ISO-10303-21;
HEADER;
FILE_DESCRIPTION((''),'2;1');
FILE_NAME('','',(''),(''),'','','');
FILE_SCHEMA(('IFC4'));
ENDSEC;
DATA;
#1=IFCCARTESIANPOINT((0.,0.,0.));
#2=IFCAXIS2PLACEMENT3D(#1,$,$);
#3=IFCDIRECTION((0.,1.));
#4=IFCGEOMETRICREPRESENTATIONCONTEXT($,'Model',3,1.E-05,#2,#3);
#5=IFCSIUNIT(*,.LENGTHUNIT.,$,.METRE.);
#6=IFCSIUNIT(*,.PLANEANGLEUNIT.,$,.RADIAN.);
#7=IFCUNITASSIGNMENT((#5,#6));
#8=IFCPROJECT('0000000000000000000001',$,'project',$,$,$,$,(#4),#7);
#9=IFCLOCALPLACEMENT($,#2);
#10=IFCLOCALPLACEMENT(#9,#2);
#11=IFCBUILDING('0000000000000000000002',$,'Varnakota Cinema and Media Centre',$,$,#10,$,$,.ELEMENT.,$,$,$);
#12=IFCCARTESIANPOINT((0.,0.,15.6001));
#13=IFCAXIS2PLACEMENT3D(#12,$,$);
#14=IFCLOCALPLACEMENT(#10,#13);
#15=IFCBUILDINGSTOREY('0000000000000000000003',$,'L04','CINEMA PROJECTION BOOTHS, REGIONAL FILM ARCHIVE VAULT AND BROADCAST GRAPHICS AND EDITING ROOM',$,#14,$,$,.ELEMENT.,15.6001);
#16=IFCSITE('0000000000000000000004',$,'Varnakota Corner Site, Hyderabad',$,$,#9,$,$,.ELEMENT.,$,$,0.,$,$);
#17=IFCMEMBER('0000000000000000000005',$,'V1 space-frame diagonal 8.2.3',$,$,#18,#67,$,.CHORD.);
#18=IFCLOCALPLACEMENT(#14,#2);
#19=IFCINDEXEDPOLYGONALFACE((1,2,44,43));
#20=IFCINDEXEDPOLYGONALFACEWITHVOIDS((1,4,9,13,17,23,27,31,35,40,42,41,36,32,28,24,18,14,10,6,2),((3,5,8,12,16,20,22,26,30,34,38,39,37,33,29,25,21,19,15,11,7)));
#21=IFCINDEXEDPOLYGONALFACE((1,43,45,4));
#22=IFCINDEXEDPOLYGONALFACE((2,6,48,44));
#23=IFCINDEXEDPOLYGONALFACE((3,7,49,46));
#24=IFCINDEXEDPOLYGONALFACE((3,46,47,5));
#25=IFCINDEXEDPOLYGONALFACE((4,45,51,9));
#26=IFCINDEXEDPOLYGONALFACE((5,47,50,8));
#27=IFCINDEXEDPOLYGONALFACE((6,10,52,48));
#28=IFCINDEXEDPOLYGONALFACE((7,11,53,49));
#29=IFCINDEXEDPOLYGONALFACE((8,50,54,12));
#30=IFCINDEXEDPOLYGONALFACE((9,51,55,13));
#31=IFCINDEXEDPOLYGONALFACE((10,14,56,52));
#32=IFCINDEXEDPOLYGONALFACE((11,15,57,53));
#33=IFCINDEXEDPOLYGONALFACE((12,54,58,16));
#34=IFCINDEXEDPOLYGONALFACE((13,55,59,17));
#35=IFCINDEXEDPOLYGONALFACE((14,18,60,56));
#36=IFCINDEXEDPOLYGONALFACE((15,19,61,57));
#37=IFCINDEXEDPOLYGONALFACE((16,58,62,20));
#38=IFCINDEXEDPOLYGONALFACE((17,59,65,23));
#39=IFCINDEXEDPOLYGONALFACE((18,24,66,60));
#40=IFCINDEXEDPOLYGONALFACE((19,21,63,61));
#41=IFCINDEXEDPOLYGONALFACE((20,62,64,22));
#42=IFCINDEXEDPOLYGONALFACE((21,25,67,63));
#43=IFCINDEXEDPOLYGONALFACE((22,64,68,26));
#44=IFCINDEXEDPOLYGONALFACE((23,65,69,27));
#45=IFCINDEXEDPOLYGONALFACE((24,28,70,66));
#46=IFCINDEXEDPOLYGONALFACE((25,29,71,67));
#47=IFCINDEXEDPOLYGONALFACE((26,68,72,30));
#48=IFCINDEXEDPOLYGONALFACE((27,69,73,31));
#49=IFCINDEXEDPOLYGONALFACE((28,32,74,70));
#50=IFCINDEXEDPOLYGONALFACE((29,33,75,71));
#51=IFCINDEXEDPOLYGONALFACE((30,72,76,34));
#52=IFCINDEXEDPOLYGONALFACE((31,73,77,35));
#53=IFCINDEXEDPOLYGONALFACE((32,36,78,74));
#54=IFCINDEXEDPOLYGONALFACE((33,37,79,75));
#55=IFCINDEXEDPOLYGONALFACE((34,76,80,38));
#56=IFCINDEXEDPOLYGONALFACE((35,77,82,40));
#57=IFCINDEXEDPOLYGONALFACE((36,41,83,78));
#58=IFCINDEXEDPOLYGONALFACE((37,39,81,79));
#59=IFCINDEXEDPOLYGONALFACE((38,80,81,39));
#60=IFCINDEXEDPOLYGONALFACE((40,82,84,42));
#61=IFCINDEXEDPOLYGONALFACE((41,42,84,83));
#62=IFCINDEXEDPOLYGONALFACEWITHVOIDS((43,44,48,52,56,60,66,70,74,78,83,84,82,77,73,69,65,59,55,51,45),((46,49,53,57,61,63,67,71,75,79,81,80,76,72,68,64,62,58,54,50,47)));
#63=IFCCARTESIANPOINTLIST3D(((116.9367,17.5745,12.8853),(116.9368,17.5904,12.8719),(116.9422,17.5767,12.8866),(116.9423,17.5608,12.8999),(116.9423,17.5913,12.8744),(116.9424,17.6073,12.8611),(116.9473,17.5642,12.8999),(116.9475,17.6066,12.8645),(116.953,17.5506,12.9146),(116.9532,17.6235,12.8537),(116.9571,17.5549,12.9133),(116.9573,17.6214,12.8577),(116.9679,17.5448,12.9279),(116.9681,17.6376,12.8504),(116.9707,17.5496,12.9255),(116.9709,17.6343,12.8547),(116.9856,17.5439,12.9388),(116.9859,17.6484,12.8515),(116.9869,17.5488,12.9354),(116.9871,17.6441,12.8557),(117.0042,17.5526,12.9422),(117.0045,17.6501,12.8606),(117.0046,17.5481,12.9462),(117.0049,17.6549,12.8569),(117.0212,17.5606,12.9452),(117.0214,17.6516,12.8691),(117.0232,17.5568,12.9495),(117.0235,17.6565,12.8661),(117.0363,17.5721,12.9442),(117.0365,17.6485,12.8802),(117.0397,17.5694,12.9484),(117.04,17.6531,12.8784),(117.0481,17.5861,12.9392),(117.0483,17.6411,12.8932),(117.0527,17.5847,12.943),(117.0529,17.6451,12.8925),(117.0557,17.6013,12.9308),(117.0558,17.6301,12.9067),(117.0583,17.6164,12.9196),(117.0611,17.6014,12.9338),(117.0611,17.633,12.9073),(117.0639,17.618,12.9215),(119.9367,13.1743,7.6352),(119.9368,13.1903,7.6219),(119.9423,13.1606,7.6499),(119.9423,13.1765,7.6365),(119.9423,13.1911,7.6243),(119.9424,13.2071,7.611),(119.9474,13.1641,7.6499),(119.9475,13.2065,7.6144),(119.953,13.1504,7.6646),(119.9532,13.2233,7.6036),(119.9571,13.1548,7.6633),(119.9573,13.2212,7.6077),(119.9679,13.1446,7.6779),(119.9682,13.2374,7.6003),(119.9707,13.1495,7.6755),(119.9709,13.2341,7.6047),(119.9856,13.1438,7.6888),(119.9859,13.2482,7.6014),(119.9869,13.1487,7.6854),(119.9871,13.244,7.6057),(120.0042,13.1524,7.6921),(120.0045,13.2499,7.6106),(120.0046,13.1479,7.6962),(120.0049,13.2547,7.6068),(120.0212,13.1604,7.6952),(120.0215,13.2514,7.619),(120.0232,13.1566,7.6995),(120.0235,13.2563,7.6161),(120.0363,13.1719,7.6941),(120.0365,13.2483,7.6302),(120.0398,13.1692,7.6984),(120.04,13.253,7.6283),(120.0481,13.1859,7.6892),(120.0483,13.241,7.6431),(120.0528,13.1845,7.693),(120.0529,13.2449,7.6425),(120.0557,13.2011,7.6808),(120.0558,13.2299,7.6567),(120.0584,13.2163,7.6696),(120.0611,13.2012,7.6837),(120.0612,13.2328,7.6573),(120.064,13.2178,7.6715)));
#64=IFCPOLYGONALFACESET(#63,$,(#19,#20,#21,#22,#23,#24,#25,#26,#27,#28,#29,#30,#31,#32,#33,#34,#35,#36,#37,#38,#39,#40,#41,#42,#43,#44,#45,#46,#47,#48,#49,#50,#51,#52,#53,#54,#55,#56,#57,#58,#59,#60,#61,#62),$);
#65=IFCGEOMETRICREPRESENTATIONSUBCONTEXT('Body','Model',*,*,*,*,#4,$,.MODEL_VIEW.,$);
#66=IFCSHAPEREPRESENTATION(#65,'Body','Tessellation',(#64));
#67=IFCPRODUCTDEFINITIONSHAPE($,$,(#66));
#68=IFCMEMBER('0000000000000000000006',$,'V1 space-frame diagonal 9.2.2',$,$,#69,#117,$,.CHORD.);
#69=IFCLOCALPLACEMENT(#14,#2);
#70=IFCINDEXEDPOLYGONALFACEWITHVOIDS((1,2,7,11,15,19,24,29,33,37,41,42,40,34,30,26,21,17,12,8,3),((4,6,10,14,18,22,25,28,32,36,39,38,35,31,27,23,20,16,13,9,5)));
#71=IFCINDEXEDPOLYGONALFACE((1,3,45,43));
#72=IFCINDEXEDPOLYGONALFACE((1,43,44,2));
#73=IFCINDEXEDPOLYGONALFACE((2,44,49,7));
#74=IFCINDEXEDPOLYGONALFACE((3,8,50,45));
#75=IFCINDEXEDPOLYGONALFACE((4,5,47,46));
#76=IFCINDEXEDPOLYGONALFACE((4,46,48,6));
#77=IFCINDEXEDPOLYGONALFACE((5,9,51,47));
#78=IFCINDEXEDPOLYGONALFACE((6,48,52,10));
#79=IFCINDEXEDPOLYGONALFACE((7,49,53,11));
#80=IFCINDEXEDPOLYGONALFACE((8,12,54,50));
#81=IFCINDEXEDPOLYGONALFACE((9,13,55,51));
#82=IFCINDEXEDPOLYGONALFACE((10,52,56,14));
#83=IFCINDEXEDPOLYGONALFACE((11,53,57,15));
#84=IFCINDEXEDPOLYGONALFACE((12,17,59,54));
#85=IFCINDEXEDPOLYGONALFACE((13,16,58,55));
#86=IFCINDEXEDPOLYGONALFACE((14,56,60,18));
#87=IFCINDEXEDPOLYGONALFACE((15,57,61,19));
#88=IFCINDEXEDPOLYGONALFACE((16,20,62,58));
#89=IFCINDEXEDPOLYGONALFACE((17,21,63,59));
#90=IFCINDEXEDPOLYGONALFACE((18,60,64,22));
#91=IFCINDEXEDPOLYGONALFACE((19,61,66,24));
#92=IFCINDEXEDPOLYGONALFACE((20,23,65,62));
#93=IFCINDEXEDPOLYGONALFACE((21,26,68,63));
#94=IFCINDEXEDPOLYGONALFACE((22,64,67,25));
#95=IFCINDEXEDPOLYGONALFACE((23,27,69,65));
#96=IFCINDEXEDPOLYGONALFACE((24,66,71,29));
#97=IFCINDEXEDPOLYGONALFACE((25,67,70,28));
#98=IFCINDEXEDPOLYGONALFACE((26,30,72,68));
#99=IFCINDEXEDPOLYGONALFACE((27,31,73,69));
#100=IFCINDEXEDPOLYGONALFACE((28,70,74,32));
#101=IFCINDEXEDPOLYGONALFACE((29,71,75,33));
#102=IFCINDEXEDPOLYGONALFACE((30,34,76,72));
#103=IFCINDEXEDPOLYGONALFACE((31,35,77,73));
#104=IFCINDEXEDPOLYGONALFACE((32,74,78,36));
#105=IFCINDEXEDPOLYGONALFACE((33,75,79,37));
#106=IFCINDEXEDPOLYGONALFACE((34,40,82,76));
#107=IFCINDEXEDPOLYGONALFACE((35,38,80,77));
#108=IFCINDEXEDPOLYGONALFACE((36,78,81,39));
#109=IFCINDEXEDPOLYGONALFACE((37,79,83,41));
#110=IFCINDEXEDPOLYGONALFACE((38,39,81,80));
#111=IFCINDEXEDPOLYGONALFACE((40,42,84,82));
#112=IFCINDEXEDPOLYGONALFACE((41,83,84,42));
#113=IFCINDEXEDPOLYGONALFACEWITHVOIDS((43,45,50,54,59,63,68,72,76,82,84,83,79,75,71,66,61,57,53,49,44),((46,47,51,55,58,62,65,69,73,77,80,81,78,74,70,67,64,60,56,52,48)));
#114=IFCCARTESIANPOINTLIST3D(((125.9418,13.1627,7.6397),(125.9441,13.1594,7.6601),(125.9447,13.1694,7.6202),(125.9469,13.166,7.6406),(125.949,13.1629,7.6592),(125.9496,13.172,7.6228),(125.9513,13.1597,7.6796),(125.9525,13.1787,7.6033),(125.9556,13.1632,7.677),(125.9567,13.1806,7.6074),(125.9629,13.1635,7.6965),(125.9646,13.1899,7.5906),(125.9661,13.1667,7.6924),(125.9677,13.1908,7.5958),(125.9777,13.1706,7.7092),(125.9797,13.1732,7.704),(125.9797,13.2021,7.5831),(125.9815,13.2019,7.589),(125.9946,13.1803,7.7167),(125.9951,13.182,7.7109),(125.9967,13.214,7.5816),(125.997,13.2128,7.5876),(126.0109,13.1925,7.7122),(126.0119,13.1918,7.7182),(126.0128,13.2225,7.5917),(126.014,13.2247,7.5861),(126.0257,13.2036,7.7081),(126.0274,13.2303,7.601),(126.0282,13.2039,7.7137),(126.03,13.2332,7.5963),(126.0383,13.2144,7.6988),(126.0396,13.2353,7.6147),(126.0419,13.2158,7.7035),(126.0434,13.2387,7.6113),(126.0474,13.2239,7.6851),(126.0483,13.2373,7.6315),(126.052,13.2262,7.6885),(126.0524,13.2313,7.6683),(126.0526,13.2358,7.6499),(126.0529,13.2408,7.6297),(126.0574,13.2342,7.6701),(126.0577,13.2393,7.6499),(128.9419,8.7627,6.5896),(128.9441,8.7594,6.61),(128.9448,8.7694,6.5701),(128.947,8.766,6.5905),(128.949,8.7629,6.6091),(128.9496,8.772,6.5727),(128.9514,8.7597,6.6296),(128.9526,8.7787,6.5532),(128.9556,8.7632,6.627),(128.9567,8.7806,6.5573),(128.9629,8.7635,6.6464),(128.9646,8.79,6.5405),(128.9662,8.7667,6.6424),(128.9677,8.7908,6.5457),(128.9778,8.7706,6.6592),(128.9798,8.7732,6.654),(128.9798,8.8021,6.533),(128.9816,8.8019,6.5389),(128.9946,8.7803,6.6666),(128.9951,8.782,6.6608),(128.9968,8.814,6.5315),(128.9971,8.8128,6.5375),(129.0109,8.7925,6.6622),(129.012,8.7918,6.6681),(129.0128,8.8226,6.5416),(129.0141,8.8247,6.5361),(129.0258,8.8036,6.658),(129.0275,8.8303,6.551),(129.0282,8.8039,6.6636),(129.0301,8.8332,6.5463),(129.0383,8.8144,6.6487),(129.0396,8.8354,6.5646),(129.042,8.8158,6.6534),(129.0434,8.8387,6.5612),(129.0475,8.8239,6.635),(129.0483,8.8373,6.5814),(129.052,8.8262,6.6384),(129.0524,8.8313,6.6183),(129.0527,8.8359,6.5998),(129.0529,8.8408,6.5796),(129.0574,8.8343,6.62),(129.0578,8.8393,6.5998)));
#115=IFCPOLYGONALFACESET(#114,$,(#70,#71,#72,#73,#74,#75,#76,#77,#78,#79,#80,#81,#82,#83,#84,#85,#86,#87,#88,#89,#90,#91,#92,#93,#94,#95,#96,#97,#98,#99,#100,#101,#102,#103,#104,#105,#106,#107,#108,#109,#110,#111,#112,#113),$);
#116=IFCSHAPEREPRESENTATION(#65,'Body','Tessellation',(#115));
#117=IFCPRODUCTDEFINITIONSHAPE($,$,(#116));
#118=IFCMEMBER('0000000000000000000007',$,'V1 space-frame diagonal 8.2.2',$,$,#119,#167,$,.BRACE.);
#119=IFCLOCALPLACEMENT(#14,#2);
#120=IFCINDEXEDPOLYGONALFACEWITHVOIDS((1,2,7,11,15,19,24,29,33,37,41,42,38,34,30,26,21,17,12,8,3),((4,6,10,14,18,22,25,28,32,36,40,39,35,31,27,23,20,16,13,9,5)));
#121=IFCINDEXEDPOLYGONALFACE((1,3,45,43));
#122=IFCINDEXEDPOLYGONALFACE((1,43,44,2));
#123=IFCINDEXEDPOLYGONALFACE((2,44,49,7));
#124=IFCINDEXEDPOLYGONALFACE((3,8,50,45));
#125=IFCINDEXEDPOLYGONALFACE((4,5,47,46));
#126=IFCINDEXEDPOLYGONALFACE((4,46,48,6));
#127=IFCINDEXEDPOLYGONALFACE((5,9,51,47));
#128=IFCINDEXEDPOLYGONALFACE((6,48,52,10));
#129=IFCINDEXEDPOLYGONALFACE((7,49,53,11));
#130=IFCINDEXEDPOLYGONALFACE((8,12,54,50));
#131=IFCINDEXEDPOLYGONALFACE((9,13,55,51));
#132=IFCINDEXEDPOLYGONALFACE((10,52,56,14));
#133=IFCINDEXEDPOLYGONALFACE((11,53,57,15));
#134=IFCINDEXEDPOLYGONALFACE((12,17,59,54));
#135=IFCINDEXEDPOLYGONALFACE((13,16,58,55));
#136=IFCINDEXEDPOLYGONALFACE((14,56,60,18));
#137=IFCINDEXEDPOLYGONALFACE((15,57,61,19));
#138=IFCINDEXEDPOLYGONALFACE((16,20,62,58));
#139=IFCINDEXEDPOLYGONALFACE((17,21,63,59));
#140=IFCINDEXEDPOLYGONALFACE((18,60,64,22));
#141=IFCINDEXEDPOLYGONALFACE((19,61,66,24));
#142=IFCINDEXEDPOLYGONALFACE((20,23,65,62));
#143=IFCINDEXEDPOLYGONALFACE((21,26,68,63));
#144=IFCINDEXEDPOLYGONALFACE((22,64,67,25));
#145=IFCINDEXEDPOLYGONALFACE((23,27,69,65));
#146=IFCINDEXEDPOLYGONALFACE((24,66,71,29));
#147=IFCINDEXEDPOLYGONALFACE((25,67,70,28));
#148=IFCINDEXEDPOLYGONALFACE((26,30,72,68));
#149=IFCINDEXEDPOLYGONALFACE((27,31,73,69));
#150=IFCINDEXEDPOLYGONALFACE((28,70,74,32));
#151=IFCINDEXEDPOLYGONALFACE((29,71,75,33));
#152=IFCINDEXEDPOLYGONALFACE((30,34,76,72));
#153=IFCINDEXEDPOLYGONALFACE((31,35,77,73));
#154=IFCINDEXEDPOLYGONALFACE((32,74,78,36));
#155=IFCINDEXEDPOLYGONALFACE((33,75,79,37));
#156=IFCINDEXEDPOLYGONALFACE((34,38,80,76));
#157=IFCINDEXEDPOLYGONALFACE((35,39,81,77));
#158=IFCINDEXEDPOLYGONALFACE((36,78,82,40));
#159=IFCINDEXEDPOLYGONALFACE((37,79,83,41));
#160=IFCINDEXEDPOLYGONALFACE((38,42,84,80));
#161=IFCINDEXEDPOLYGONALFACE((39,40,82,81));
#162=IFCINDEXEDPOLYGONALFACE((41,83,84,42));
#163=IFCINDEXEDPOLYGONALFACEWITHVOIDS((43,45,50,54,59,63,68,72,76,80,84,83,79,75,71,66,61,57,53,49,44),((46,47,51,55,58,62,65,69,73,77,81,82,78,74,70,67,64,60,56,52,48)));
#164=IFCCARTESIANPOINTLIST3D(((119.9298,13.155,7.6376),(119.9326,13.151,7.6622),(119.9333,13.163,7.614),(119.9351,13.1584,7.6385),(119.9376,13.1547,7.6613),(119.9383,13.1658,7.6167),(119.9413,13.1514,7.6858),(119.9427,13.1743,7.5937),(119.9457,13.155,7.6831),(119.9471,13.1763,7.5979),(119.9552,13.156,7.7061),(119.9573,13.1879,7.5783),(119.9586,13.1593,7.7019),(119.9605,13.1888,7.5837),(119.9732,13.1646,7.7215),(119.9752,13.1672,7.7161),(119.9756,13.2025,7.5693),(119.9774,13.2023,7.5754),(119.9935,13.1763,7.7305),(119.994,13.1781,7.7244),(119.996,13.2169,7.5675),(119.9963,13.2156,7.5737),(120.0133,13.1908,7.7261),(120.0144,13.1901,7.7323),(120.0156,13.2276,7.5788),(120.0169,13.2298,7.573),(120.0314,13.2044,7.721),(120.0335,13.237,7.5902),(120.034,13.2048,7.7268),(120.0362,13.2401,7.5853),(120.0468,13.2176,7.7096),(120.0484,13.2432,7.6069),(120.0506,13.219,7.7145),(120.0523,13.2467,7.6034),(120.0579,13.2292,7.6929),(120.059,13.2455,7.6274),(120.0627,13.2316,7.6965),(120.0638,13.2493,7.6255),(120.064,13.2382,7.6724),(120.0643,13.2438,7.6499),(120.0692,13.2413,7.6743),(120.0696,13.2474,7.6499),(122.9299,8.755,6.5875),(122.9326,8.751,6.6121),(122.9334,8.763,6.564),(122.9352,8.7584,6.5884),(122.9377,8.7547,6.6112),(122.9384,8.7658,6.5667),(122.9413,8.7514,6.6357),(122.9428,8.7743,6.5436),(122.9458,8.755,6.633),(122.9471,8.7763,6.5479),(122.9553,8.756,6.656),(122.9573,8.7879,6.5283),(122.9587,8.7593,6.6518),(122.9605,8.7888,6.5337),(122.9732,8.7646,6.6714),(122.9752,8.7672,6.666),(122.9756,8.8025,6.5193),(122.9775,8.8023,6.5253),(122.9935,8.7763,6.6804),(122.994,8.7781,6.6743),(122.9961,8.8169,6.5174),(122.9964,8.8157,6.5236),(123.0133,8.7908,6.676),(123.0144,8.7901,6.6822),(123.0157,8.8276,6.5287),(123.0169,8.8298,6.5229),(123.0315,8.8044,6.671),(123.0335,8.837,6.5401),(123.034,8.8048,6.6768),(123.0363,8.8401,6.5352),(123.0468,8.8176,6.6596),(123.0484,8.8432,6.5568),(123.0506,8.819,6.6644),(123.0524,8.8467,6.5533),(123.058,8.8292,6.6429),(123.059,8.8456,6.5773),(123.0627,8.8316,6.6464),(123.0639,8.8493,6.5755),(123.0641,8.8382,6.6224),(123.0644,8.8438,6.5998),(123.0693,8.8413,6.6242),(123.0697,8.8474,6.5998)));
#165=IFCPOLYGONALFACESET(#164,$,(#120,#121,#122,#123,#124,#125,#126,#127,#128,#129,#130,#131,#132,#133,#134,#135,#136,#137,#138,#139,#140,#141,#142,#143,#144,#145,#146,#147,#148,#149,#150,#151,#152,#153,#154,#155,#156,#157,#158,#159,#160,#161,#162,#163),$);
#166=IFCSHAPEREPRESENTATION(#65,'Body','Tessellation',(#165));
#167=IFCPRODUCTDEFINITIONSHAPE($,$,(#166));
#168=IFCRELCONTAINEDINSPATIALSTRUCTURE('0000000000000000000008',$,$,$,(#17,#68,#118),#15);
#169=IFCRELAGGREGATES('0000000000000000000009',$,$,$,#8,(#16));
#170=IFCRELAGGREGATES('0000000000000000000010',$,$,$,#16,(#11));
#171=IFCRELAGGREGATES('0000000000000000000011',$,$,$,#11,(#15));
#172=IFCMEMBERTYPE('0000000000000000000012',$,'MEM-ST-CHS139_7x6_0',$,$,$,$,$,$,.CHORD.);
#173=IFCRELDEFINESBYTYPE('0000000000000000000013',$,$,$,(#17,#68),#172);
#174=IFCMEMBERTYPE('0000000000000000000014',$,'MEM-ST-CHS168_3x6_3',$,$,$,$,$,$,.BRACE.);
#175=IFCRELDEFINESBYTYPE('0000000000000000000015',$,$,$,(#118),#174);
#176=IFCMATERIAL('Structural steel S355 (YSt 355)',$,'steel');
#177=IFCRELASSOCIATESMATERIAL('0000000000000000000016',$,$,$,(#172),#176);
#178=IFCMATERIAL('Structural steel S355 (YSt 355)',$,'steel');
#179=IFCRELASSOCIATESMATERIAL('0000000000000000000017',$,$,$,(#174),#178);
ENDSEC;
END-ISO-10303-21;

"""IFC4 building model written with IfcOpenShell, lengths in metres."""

from ifc_helpers import new_model, si_unit, direction, frame, origin, origin_2d, place, context, subcontext, project, spatial, hollow_circle, extrude, material, material_profile, profile_set, type_object, element, save


model = new_model("IFC4")

# Units and contexts
model_context = context("Model", 3, precision=1e-05, world=origin(), true_north=direction((0.0, 1.0)))
body_context = subcontext(model_context, "Body", "Model", "MODEL_VIEW")
ifc_project = project(units=[si_unit("LENGTHUNIT", "METRE"), si_unit("PLANEANGLEUNIT", "RADIAN")], contexts=[model_context])

# Site, building, storey
site_placement = place(None, origin())
site = spatial("IfcSite", under=ifc_project, at=site_placement, Name="Varnakota Corner Site, Hyderabad", CompositionType="ELEMENT", RefElevation=0.0)
building_placement = place(site_placement, origin())
building = spatial("IfcBuilding", under=site, at=building_placement, Name="Varnakota Cinema and Media Centre", CompositionType="ELEMENT")
storey_placement = place(building_placement, frame((0.0, 0.0, 15.6001)))
storey = spatial("IfcBuildingStorey", under=building, at=storey_placement, Name="L04", Description="CINEMA PROJECTION BOOTHS, REGIONAL FILM ARCHIVE VAULT AND BROADCAST GRAPHICS AND EDITING ROOM", CompositionType="ELEMENT", Elevation=15.6001)

# Members
ifc_material_1 = material(Name="Structural steel S355 (YSt 355)", Category="steel")
ifc_material_profile_1 = material_profile(ifc_material_1, hollow_circle(Radius=0.0698, WallThickness=0.0061, at=origin_2d()), Name="CHS 139.7x6.0")
ifc_profile_set_1 = profile_set([ifc_material_profile_1], Name="Structural steel S355 (YSt 355)")
member_type_1 = type_object("IfcMemberType", Name="MEM-ST-CHS139_7x6_0", PredefinedType="CHORD", material=ifc_profile_set_1)
member_1_placement = place(storey_placement, frame((120.0, 13.2, 7.6499), z_axis=(-0.401165, 0.588395, 0.702039), x_axis=(-0.826236, -0.563324, 0.0)))
element("IfcMember", 1, at=member_1_placement, inside=storey, type_object=member_type_1, Name="V1 space-frame diagonal 8.2.3", PredefinedType="CHORD", context=body_context, shape_type="SweptSolid", body=[
    extrude(hollow_circle(Radius=0.0698, WallThickness=0.0061, at=origin_2d()), origin(), (0.0, 0.0, 1.0), 7.4783),
])
member_2_placement = place(storey_placement, frame((126.0, 13.2, 7.6499), z_axis=(0.552703, -0.810613, -0.193455), x_axis=(0.826222, 0.563345, 0.0)))
element("IfcMember", 2, at=member_2_placement, inside=storey, type_object=member_type_1, Name="V1 space-frame diagonal 9.2.2", PredefinedType="CHORD", context=body_context, shape_type="SweptSolid", body=[
    extrude(hollow_circle(Radius=0.0698, WallThickness=0.0061, at=origin_2d()), origin(), (0.0, 0.0, 1.0), 5.428),
])
ifc_material_2 = material(Name="Structural steel S355 (YSt 355)", Category="steel")
ifc_material_profile_2 = material_profile(ifc_material_2, hollow_circle(Radius=0.0842, WallThickness=0.0063, at=origin_2d()), Name="CHS 168.3x6.3")
ifc_profile_set_2 = profile_set([ifc_material_profile_2], Name="Structural steel S355 (YSt 355)")
member_type_2 = type_object("IfcMemberType", Name="MEM-ST-CHS168_3x6_3", PredefinedType="BRACE", material=ifc_profile_set_2)
for number, where, z_axis, x_axis, name in (
    (3, (120.0, 13.2, 7.6499), (0.552703, -0.810613, -0.193455), (0.826222, 0.563345, 0.0), "V1 space-frame diagonal 8.2.2"),
):
    element("IfcMember", number, at=place(storey_placement, frame(where, z_axis=z_axis, x_axis=x_axis)), inside=storey, type_object=member_type_2, Name=name, PredefinedType="BRACE", context=body_context, shape_type="SweptSolid", body=[
        extrude(hollow_circle(Radius=0.0842, WallThickness=0.0063, at=origin_2d()), origin(), (0.0, 0.0, 1.0), 5.428),
    ])

save(model, "model.ifc")
